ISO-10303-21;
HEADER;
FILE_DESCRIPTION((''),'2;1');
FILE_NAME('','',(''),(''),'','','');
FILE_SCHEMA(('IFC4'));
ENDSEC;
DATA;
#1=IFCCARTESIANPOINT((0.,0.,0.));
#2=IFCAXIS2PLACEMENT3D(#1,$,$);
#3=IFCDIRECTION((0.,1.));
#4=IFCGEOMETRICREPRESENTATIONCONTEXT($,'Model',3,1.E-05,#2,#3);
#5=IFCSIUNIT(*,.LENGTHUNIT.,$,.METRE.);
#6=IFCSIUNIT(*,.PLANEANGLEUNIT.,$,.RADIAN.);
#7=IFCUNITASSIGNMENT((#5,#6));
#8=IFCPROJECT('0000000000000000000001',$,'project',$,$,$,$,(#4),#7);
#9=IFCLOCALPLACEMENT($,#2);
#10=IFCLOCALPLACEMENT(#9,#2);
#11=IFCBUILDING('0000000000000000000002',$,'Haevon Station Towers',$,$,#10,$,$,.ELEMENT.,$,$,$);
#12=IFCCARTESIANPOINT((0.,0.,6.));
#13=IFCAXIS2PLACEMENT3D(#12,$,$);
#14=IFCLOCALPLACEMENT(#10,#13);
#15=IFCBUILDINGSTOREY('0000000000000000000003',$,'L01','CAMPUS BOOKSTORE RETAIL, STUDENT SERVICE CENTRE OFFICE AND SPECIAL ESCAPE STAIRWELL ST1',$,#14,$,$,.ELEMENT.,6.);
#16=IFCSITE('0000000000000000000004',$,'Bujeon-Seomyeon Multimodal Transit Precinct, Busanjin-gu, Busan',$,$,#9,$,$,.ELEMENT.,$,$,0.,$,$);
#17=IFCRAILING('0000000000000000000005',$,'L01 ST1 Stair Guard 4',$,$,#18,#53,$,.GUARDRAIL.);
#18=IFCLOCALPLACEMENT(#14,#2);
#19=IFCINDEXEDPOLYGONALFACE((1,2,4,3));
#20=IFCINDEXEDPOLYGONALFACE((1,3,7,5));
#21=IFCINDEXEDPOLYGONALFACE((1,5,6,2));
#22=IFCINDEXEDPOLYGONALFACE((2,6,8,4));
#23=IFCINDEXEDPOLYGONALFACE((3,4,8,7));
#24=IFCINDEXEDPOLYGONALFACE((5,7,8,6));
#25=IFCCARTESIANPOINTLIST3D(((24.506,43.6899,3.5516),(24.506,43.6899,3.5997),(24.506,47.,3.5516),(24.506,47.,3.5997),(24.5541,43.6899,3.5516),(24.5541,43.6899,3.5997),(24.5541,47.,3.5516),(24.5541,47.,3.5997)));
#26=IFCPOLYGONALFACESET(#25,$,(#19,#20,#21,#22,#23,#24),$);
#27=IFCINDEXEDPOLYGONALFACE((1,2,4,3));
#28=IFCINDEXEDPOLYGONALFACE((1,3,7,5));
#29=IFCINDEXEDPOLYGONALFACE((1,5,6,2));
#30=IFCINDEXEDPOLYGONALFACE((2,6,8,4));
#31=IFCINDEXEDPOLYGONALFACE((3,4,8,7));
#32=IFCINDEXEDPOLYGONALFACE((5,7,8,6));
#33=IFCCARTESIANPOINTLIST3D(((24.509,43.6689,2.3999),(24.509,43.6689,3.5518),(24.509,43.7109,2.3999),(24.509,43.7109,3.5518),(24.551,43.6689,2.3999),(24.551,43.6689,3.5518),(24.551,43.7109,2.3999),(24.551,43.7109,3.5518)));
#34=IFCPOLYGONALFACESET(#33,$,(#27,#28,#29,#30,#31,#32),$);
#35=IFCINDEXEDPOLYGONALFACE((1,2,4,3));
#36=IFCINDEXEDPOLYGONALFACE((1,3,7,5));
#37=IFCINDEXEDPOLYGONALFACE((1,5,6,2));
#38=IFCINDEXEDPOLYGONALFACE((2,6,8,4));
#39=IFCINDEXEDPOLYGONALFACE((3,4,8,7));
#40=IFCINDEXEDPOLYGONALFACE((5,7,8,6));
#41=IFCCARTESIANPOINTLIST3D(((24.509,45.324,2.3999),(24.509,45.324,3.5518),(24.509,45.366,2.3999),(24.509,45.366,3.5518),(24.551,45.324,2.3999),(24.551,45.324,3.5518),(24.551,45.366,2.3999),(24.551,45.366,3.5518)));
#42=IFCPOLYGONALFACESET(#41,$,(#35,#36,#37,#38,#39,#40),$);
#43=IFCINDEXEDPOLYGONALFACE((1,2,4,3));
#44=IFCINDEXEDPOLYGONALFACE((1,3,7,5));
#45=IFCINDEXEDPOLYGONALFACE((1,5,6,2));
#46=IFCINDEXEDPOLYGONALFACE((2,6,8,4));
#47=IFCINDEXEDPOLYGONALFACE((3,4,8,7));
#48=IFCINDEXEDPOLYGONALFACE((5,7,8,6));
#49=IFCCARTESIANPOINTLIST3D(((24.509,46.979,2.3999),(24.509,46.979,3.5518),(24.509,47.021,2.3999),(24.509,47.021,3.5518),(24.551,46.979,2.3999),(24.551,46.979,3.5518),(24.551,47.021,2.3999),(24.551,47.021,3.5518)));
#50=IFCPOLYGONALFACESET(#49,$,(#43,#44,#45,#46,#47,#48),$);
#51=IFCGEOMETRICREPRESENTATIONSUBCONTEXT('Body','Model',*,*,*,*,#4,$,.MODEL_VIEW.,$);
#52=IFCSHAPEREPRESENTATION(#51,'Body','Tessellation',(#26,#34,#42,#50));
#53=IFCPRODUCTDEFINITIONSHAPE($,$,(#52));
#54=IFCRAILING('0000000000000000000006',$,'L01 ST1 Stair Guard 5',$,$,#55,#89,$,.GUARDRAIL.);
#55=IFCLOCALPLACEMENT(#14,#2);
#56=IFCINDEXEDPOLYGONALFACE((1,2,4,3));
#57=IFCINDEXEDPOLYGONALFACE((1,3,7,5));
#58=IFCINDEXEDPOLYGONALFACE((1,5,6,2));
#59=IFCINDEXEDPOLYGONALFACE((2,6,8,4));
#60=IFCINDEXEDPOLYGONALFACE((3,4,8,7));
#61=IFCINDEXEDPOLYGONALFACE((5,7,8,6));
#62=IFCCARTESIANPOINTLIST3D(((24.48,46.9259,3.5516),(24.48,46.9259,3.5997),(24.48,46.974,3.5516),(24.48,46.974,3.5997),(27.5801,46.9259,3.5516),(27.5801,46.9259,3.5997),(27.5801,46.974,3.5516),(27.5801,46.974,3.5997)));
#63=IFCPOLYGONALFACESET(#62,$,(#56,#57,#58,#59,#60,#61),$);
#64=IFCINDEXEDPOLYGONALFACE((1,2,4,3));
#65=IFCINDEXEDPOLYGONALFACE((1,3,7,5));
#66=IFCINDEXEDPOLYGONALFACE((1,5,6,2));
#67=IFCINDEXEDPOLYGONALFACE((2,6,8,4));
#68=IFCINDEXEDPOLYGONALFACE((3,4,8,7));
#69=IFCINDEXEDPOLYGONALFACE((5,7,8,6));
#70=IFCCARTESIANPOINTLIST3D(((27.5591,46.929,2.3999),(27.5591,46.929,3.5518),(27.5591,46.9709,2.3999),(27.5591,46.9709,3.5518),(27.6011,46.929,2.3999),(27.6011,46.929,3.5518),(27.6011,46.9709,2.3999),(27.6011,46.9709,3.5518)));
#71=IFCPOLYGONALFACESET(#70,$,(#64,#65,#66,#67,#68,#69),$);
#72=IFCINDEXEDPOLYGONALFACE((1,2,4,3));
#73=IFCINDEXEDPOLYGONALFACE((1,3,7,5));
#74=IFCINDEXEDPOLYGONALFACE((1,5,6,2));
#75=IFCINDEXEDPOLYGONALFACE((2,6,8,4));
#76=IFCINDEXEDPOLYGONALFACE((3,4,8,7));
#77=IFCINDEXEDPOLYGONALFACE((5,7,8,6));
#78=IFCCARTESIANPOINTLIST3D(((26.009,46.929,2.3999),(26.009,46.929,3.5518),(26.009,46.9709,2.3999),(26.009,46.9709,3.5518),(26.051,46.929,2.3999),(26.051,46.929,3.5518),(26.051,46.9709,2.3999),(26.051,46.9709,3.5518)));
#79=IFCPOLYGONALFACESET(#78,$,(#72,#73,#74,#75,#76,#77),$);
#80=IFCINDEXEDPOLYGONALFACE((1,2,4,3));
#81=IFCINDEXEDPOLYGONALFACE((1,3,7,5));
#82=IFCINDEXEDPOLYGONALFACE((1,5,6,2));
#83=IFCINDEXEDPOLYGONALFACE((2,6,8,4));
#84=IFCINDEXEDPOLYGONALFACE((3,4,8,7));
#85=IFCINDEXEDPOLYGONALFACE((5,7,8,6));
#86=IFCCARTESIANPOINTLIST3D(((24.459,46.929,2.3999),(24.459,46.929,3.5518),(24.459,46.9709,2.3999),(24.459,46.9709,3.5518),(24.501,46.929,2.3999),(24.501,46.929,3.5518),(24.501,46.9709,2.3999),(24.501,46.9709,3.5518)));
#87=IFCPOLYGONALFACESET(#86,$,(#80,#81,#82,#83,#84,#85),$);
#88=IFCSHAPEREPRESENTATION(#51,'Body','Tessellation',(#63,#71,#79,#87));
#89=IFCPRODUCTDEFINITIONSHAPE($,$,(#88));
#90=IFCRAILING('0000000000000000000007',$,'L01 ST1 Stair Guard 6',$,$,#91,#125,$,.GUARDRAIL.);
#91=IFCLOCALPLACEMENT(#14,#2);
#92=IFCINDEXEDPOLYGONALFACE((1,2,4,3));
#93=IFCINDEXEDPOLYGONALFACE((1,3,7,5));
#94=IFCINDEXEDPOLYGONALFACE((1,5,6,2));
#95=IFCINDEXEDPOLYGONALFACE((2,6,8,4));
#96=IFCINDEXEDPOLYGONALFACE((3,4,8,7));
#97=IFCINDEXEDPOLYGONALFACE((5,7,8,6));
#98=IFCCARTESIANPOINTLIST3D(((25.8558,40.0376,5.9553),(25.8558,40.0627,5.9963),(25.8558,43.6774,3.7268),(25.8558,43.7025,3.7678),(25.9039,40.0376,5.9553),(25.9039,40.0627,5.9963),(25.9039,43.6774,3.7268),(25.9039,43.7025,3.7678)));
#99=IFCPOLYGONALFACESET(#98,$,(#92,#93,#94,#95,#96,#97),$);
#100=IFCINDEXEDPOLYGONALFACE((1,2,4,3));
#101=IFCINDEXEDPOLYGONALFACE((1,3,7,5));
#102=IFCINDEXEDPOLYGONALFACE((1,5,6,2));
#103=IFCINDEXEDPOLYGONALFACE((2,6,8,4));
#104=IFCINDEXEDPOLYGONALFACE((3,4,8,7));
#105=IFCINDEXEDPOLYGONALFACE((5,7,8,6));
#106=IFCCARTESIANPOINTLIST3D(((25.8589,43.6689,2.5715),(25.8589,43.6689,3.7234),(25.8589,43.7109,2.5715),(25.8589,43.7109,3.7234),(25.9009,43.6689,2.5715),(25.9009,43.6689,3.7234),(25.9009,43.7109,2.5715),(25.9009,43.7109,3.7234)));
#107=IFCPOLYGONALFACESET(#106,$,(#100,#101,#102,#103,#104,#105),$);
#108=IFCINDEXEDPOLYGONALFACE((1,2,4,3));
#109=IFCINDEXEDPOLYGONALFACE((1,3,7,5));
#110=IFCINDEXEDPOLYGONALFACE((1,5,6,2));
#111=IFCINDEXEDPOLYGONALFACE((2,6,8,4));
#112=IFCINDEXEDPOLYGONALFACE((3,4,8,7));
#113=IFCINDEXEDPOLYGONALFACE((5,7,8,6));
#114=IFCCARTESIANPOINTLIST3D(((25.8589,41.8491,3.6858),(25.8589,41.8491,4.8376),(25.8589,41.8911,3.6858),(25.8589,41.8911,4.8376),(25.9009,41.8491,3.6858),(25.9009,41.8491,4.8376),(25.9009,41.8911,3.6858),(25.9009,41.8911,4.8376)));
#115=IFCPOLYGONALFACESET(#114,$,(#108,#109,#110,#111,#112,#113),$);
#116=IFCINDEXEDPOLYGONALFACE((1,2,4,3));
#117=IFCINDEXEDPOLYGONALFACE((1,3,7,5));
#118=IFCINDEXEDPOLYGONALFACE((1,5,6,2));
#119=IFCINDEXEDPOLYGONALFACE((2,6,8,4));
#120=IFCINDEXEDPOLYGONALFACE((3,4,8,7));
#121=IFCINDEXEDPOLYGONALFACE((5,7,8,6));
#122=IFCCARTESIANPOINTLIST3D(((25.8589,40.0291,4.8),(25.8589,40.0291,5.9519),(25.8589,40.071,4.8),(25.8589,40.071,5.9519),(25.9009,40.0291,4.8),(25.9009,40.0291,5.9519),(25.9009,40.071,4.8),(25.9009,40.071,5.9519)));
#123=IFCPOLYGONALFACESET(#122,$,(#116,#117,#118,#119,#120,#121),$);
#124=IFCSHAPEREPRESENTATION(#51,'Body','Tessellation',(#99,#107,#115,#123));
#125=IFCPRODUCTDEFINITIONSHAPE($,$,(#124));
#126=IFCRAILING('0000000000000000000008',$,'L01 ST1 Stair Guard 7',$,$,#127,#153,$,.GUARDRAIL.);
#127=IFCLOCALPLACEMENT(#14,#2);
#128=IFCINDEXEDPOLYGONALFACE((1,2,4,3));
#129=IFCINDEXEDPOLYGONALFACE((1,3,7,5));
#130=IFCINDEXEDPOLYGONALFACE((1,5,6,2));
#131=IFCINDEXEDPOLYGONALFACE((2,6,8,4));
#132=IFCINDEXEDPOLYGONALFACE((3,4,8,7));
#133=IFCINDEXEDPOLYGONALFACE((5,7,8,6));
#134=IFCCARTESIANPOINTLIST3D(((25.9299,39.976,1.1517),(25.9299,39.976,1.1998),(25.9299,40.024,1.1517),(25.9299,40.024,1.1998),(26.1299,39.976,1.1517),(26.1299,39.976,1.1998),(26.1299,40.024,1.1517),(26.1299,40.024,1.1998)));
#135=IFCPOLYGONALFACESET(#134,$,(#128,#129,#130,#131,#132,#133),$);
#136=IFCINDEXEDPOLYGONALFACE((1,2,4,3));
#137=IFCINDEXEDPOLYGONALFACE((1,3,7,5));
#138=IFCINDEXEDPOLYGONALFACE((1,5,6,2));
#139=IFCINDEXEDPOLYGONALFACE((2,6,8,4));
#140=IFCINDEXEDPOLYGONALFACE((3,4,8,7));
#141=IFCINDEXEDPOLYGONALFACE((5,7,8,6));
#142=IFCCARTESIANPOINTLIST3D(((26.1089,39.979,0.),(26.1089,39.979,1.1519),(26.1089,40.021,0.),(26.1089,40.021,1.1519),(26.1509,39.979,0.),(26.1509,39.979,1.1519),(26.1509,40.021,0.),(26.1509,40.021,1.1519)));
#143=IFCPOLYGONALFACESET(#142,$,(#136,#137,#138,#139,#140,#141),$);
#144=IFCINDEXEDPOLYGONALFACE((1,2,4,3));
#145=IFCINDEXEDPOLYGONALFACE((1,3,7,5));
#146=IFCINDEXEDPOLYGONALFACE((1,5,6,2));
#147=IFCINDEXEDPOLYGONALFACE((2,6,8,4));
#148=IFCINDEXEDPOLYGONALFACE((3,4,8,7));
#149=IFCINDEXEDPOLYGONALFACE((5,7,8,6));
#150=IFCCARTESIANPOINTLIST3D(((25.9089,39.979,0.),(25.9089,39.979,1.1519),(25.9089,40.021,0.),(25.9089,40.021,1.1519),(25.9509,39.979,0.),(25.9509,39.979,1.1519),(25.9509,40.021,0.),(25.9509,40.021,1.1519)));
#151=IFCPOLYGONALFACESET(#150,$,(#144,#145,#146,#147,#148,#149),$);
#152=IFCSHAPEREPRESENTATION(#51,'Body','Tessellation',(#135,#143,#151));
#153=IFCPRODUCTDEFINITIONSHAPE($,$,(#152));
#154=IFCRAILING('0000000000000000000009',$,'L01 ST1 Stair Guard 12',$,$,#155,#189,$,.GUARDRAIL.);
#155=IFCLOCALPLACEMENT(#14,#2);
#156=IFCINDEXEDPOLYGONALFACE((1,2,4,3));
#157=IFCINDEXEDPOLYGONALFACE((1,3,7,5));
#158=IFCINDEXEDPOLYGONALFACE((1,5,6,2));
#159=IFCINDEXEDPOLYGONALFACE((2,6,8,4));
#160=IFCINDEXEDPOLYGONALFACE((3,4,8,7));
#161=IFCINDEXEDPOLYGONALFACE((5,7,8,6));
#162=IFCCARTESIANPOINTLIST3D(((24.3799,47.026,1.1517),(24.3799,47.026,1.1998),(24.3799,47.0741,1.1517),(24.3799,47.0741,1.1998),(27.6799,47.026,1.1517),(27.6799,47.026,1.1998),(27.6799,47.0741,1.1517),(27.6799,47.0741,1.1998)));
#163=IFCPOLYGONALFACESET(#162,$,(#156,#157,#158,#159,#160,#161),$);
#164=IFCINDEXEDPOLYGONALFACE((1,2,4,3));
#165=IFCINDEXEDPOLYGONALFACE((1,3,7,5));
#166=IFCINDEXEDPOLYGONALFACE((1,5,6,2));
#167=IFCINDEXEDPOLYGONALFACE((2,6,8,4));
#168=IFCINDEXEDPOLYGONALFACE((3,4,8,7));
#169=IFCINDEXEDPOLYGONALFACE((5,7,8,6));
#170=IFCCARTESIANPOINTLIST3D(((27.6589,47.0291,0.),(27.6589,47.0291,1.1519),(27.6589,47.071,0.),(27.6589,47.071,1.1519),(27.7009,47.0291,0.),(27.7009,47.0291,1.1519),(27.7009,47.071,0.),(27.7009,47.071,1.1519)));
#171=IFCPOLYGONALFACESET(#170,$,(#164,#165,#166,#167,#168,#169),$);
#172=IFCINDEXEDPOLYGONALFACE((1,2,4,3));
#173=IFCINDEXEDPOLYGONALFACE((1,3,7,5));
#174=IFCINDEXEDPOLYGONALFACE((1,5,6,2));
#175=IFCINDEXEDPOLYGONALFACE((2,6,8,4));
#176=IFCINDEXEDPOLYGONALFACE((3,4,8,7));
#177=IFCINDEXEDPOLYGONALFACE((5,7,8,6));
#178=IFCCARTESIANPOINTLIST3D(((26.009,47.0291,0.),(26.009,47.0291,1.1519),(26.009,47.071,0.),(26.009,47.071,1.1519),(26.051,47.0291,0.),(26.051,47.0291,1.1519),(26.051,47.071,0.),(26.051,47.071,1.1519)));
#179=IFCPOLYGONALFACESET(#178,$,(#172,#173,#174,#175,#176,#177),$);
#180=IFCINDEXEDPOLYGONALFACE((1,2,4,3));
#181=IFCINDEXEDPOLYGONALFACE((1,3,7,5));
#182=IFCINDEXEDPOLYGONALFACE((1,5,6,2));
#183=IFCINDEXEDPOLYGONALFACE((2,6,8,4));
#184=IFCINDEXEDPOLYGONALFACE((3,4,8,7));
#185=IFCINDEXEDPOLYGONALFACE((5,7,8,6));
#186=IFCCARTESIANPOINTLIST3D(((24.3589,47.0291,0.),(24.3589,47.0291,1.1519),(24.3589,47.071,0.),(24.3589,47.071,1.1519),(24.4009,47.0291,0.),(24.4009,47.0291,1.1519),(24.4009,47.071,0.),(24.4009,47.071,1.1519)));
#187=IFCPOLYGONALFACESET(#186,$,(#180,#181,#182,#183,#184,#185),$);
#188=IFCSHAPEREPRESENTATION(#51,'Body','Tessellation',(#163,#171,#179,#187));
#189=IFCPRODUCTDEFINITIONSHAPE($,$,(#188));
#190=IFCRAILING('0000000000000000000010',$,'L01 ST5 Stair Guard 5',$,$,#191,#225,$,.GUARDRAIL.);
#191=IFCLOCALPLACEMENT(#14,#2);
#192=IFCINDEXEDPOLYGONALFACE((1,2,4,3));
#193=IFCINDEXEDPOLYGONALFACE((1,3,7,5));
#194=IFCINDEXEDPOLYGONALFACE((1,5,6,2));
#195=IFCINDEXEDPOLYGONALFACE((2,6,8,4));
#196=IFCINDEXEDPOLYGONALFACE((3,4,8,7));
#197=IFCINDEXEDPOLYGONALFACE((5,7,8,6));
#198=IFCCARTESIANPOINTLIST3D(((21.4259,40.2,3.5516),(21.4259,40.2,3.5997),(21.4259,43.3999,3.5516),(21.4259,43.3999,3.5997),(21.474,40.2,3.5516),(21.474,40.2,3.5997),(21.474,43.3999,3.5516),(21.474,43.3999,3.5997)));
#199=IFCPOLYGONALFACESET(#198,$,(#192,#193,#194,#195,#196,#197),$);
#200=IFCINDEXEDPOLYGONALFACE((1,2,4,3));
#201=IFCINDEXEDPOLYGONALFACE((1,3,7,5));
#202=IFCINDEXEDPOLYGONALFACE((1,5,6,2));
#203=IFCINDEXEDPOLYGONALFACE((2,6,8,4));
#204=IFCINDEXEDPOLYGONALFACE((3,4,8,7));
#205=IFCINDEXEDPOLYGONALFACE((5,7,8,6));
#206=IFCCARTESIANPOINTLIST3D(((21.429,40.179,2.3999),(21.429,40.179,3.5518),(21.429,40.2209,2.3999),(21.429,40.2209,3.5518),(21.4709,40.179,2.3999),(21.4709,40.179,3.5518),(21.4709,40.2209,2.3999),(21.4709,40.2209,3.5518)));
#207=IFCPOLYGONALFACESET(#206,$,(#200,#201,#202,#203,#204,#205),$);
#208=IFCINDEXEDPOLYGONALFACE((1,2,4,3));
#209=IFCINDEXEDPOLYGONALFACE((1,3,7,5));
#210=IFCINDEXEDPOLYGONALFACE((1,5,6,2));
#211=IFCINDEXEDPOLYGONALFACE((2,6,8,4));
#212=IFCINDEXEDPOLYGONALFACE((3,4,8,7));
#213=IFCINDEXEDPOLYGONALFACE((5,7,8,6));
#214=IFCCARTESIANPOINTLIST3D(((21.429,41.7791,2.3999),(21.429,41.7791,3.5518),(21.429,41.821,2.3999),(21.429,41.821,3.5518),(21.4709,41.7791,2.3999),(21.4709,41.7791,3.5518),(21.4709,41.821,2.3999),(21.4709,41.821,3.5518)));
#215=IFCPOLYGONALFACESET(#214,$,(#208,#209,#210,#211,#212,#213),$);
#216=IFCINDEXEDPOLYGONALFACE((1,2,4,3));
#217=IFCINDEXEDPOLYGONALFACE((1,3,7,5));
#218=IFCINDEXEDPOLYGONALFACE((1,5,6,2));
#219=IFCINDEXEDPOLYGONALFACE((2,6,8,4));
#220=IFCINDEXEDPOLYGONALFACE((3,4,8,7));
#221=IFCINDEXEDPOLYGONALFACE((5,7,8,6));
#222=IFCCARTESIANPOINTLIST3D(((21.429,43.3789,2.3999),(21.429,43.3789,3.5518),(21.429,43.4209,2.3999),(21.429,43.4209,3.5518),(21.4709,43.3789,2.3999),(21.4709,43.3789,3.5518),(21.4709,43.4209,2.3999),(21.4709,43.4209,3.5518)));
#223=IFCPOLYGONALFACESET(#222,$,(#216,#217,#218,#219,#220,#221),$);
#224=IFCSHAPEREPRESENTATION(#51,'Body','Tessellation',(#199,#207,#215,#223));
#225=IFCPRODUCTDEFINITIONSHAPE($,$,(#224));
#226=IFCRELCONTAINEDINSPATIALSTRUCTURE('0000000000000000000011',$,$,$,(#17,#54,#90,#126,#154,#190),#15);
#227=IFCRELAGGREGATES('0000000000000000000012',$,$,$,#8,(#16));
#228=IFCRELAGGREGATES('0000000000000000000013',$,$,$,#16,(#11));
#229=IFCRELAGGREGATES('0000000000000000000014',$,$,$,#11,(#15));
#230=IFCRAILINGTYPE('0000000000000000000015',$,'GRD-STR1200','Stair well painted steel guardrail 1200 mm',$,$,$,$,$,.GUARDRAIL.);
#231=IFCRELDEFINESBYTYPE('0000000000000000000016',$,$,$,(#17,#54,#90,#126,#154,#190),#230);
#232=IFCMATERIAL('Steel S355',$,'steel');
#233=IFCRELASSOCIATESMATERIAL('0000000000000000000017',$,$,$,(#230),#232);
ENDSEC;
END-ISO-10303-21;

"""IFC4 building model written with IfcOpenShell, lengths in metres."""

from ifc_helpers import new_model, si_unit, direction, frame, origin, origin_2d, place, context, subcontext, project, spatial, rectangle, extrude, material, type_object, element, save


model = new_model("IFC4")

# Units and contexts
model_context = context("Model", 3, precision=1e-05, world=origin(), true_north=direction((0.0, 1.0)))
body_context = subcontext(model_context, "Body", "Model", "MODEL_VIEW")
ifc_project = project(units=[si_unit("LENGTHUNIT", "METRE"), si_unit("PLANEANGLEUNIT", "RADIAN")], contexts=[model_context])

# Site, building, storey
site_placement = place(None, origin())
site = spatial("IfcSite", under=ifc_project, at=site_placement, Name="Bujeon-Seomyeon Multimodal Transit Precinct, Busanjin-gu, Busan", CompositionType="ELEMENT", RefElevation=0.0)
building_placement = place(site_placement, origin())
building = spatial("IfcBuilding", under=site, at=building_placement, Name="Haevon Station Towers", CompositionType="ELEMENT")
storey_placement = place(building_placement, frame((0.0, 0.0, 6.0)))
storey = spatial("IfcBuildingStorey", under=building, at=storey_placement, Name="L01", Description="CAMPUS BOOKSTORE RETAIL, STUDENT SERVICE CENTRE OFFICE AND SPECIAL ESCAPE STAIRWELL ST1", CompositionType="ELEMENT", Elevation=6.0)

# Shared definitions
ifc_material_1 = material(Name="Steel S355", Category="steel")

# Railings
railing_type_1 = type_object("IfcRailingType", Name="GRD-STR1200", Description="Stair well painted steel guardrail 1200 mm", PredefinedType="GUARDRAIL", material=ifc_material_1)
for number, where, name in (
    (1, (24.53, 43.6899, 2.3999), "L01 ST1 Stair Guard 4"),
):
    element("IfcRailing", number, at=place(storey_placement, frame(where)), inside=storey, type_object=railing_type_1, Name=name, PredefinedType="GUARDRAIL", context=body_context, shape_type="SweptSolid", body=[
        extrude(rectangle(XDim=0.0481, YDim=0.0481, at=origin_2d()), frame((0.0, 0.0, 1.1758), z_axis=(0.0, 1.0, 0.0), x_axis=(-1.0, 0.0, 0.0)), (0.0, 0.0, 1.0), 3.3101),
        extrude(rectangle(XDim=0.042, YDim=0.042, at=origin_2d()), origin(), (0.0, 0.0, 1.0), 1.1519),
        extrude(rectangle(XDim=0.042, YDim=0.042, at=origin_2d()), frame((0.0, 1.655, 0.0)), (0.0, 0.0, 1.0), 1.1519),
        extrude(rectangle(XDim=0.042, YDim=0.042, at=origin_2d()), frame((0.0, 3.3101, 0.0)), (0.0, 0.0, 1.0), 1.1519),
    ])
railing_1_placement = place(storey_placement, frame((27.5801, 46.95, 2.3999)))
element("IfcRailing", 2, at=railing_1_placement, inside=storey, type_object=railing_type_1, Name="L01 ST1 Stair Guard 5", PredefinedType="GUARDRAIL", context=body_context, shape_type="SweptSolid", body=[
    extrude(rectangle(XDim=0.0481, YDim=0.0481, at=origin_2d()), frame((0.0, 0.0, 1.1758), z_axis=(-1.0, 0.0, 0.0), x_axis=(0.0, -1.0, 0.0)), (0.0, 0.0, 1.0), 3.1001),
    extrude(rectangle(XDim=0.042, YDim=0.042, at=origin_2d()), origin(), (0.0, 0.0, 1.0), 1.1519),
    extrude(rectangle(XDim=0.042, YDim=0.042, at=origin_2d()), frame((-1.55, 0.0, 0.0)), (0.0, 0.0, 1.0), 1.1519),
    extrude(rectangle(XDim=0.042, YDim=0.042, at=origin_2d()), frame((-3.1001, 0.0, 0.0)), (0.0, 0.0, 1.0), 1.1519),
])
railing_2_placement = place(storey_placement, frame((25.8799, 43.6899, 2.5715)))
element("IfcRailing", 3, at=railing_2_placement, inside=storey, type_object=railing_type_1, Name="L01 ST1 Stair Guard 6", PredefinedType="GUARDRAIL", context=body_context, shape_type="SweptSolid", body=[
    extrude(rectangle(XDim=0.0481, YDim=0.0481, at=origin_2d()), frame((0.0, 0.0, 1.1758), z_axis=(0.0, -0.85285, 0.522156), x_axis=(1.0, 0.0, 0.0)), (0.0, 0.0, 1.0), 4.2678),
    extrude(rectangle(XDim=0.042, YDim=0.042, at=origin_2d()), origin(), (0.0, 0.0, 1.0), 1.1519),
    extrude(rectangle(XDim=0.042, YDim=0.042, at=origin_2d()), frame((0.0, -1.8198, 1.1143)), (0.0, 0.0, 1.0), 1.1519),
    extrude(rectangle(XDim=0.042, YDim=0.042, at=origin_2d()), frame((0.0, -3.6399, 2.2285)), (0.0, 0.0, 1.0), 1.1519),
])
railing_3_placement = place(storey_placement, frame((26.1299, 40.0, 0.0)))
element("IfcRailing", 4, at=railing_3_placement, inside=storey, type_object=railing_type_1, Name="L01 ST1 Stair Guard 7", PredefinedType="GUARDRAIL", context=body_context, shape_type="SweptSolid", body=[
    extrude(rectangle(XDim=0.0481, YDim=0.0481, at=origin_2d()), frame((0.0, 0.0, 1.1758), z_axis=(-1.0, 0.0, 0.0), x_axis=(0.0, -1.0, 0.0)), (0.0, 0.0, 1.0), 0.2),
    extrude(rectangle(XDim=0.042, YDim=0.042, at=origin_2d()), origin(), (0.0, 0.0, 1.0), 1.1519),
    extrude(rectangle(XDim=0.042, YDim=0.042, at=origin_2d()), frame((-0.2, 0.0, 0.0)), (0.0, 0.0, 1.0), 1.1519),
])
railing_4_placement = place(storey_placement, frame((27.6799, 47.05, 0.0)))
element("IfcRailing", 5, at=railing_4_placement, inside=storey, type_object=railing_type_1, Name="L01 ST1 Stair Guard 12", PredefinedType="GUARDRAIL", context=body_context, shape_type="SweptSolid", body=[
    extrude(rectangle(XDim=0.0481, YDim=0.0481, at=origin_2d()), frame((0.0, 0.0, 1.1758), z_axis=(-1.0, 0.0, 0.0), x_axis=(0.0, -1.0, 0.0)), (0.0, 0.0, 1.0), 3.3),
    extrude(rectangle(XDim=0.042, YDim=0.042, at=origin_2d()), origin(), (0.0, 0.0, 1.0), 1.1519),
    extrude(rectangle(XDim=0.042, YDim=0.042, at=origin_2d()), frame((-1.6499, 0.0, 0.0)), (0.0, 0.0, 1.0), 1.1519),
    extrude(rectangle(XDim=0.042, YDim=0.042, at=origin_2d()), frame((-3.3, 0.0, 0.0)), (0.0, 0.0, 1.0), 1.1519),
])
railing_5_placement = place(storey_placement, frame((21.45, 40.2, 2.3999)))
element("IfcRailing", 6, at=railing_5_placement, inside=storey, type_object=railing_type_1, Name="L01 ST5 Stair Guard 5", PredefinedType="GUARDRAIL", context=body_context, shape_type="SweptSolid", body=[
    extrude(rectangle(XDim=0.0481, YDim=0.0481, at=origin_2d()), frame((0.0, 0.0, 1.1758), z_axis=(0.0, 1.0, 0.0), x_axis=(-1.0, 0.0, 0.0)), (0.0, 0.0, 1.0), 3.2),
    extrude(rectangle(XDim=0.042, YDim=0.042, at=origin_2d()), origin(), (0.0, 0.0, 1.0), 1.1519),
    extrude(rectangle(XDim=0.042, YDim=0.042, at=origin_2d()), frame((0.0, 1.6001, 0.0)), (0.0, 0.0, 1.0), 1.1519),
    extrude(rectangle(XDim=0.042, YDim=0.042, at=origin_2d()), frame((0.0, 3.2, 0.0)), (0.0, 0.0, 1.0), 1.1519),
])

save(model, "model.ifc")
